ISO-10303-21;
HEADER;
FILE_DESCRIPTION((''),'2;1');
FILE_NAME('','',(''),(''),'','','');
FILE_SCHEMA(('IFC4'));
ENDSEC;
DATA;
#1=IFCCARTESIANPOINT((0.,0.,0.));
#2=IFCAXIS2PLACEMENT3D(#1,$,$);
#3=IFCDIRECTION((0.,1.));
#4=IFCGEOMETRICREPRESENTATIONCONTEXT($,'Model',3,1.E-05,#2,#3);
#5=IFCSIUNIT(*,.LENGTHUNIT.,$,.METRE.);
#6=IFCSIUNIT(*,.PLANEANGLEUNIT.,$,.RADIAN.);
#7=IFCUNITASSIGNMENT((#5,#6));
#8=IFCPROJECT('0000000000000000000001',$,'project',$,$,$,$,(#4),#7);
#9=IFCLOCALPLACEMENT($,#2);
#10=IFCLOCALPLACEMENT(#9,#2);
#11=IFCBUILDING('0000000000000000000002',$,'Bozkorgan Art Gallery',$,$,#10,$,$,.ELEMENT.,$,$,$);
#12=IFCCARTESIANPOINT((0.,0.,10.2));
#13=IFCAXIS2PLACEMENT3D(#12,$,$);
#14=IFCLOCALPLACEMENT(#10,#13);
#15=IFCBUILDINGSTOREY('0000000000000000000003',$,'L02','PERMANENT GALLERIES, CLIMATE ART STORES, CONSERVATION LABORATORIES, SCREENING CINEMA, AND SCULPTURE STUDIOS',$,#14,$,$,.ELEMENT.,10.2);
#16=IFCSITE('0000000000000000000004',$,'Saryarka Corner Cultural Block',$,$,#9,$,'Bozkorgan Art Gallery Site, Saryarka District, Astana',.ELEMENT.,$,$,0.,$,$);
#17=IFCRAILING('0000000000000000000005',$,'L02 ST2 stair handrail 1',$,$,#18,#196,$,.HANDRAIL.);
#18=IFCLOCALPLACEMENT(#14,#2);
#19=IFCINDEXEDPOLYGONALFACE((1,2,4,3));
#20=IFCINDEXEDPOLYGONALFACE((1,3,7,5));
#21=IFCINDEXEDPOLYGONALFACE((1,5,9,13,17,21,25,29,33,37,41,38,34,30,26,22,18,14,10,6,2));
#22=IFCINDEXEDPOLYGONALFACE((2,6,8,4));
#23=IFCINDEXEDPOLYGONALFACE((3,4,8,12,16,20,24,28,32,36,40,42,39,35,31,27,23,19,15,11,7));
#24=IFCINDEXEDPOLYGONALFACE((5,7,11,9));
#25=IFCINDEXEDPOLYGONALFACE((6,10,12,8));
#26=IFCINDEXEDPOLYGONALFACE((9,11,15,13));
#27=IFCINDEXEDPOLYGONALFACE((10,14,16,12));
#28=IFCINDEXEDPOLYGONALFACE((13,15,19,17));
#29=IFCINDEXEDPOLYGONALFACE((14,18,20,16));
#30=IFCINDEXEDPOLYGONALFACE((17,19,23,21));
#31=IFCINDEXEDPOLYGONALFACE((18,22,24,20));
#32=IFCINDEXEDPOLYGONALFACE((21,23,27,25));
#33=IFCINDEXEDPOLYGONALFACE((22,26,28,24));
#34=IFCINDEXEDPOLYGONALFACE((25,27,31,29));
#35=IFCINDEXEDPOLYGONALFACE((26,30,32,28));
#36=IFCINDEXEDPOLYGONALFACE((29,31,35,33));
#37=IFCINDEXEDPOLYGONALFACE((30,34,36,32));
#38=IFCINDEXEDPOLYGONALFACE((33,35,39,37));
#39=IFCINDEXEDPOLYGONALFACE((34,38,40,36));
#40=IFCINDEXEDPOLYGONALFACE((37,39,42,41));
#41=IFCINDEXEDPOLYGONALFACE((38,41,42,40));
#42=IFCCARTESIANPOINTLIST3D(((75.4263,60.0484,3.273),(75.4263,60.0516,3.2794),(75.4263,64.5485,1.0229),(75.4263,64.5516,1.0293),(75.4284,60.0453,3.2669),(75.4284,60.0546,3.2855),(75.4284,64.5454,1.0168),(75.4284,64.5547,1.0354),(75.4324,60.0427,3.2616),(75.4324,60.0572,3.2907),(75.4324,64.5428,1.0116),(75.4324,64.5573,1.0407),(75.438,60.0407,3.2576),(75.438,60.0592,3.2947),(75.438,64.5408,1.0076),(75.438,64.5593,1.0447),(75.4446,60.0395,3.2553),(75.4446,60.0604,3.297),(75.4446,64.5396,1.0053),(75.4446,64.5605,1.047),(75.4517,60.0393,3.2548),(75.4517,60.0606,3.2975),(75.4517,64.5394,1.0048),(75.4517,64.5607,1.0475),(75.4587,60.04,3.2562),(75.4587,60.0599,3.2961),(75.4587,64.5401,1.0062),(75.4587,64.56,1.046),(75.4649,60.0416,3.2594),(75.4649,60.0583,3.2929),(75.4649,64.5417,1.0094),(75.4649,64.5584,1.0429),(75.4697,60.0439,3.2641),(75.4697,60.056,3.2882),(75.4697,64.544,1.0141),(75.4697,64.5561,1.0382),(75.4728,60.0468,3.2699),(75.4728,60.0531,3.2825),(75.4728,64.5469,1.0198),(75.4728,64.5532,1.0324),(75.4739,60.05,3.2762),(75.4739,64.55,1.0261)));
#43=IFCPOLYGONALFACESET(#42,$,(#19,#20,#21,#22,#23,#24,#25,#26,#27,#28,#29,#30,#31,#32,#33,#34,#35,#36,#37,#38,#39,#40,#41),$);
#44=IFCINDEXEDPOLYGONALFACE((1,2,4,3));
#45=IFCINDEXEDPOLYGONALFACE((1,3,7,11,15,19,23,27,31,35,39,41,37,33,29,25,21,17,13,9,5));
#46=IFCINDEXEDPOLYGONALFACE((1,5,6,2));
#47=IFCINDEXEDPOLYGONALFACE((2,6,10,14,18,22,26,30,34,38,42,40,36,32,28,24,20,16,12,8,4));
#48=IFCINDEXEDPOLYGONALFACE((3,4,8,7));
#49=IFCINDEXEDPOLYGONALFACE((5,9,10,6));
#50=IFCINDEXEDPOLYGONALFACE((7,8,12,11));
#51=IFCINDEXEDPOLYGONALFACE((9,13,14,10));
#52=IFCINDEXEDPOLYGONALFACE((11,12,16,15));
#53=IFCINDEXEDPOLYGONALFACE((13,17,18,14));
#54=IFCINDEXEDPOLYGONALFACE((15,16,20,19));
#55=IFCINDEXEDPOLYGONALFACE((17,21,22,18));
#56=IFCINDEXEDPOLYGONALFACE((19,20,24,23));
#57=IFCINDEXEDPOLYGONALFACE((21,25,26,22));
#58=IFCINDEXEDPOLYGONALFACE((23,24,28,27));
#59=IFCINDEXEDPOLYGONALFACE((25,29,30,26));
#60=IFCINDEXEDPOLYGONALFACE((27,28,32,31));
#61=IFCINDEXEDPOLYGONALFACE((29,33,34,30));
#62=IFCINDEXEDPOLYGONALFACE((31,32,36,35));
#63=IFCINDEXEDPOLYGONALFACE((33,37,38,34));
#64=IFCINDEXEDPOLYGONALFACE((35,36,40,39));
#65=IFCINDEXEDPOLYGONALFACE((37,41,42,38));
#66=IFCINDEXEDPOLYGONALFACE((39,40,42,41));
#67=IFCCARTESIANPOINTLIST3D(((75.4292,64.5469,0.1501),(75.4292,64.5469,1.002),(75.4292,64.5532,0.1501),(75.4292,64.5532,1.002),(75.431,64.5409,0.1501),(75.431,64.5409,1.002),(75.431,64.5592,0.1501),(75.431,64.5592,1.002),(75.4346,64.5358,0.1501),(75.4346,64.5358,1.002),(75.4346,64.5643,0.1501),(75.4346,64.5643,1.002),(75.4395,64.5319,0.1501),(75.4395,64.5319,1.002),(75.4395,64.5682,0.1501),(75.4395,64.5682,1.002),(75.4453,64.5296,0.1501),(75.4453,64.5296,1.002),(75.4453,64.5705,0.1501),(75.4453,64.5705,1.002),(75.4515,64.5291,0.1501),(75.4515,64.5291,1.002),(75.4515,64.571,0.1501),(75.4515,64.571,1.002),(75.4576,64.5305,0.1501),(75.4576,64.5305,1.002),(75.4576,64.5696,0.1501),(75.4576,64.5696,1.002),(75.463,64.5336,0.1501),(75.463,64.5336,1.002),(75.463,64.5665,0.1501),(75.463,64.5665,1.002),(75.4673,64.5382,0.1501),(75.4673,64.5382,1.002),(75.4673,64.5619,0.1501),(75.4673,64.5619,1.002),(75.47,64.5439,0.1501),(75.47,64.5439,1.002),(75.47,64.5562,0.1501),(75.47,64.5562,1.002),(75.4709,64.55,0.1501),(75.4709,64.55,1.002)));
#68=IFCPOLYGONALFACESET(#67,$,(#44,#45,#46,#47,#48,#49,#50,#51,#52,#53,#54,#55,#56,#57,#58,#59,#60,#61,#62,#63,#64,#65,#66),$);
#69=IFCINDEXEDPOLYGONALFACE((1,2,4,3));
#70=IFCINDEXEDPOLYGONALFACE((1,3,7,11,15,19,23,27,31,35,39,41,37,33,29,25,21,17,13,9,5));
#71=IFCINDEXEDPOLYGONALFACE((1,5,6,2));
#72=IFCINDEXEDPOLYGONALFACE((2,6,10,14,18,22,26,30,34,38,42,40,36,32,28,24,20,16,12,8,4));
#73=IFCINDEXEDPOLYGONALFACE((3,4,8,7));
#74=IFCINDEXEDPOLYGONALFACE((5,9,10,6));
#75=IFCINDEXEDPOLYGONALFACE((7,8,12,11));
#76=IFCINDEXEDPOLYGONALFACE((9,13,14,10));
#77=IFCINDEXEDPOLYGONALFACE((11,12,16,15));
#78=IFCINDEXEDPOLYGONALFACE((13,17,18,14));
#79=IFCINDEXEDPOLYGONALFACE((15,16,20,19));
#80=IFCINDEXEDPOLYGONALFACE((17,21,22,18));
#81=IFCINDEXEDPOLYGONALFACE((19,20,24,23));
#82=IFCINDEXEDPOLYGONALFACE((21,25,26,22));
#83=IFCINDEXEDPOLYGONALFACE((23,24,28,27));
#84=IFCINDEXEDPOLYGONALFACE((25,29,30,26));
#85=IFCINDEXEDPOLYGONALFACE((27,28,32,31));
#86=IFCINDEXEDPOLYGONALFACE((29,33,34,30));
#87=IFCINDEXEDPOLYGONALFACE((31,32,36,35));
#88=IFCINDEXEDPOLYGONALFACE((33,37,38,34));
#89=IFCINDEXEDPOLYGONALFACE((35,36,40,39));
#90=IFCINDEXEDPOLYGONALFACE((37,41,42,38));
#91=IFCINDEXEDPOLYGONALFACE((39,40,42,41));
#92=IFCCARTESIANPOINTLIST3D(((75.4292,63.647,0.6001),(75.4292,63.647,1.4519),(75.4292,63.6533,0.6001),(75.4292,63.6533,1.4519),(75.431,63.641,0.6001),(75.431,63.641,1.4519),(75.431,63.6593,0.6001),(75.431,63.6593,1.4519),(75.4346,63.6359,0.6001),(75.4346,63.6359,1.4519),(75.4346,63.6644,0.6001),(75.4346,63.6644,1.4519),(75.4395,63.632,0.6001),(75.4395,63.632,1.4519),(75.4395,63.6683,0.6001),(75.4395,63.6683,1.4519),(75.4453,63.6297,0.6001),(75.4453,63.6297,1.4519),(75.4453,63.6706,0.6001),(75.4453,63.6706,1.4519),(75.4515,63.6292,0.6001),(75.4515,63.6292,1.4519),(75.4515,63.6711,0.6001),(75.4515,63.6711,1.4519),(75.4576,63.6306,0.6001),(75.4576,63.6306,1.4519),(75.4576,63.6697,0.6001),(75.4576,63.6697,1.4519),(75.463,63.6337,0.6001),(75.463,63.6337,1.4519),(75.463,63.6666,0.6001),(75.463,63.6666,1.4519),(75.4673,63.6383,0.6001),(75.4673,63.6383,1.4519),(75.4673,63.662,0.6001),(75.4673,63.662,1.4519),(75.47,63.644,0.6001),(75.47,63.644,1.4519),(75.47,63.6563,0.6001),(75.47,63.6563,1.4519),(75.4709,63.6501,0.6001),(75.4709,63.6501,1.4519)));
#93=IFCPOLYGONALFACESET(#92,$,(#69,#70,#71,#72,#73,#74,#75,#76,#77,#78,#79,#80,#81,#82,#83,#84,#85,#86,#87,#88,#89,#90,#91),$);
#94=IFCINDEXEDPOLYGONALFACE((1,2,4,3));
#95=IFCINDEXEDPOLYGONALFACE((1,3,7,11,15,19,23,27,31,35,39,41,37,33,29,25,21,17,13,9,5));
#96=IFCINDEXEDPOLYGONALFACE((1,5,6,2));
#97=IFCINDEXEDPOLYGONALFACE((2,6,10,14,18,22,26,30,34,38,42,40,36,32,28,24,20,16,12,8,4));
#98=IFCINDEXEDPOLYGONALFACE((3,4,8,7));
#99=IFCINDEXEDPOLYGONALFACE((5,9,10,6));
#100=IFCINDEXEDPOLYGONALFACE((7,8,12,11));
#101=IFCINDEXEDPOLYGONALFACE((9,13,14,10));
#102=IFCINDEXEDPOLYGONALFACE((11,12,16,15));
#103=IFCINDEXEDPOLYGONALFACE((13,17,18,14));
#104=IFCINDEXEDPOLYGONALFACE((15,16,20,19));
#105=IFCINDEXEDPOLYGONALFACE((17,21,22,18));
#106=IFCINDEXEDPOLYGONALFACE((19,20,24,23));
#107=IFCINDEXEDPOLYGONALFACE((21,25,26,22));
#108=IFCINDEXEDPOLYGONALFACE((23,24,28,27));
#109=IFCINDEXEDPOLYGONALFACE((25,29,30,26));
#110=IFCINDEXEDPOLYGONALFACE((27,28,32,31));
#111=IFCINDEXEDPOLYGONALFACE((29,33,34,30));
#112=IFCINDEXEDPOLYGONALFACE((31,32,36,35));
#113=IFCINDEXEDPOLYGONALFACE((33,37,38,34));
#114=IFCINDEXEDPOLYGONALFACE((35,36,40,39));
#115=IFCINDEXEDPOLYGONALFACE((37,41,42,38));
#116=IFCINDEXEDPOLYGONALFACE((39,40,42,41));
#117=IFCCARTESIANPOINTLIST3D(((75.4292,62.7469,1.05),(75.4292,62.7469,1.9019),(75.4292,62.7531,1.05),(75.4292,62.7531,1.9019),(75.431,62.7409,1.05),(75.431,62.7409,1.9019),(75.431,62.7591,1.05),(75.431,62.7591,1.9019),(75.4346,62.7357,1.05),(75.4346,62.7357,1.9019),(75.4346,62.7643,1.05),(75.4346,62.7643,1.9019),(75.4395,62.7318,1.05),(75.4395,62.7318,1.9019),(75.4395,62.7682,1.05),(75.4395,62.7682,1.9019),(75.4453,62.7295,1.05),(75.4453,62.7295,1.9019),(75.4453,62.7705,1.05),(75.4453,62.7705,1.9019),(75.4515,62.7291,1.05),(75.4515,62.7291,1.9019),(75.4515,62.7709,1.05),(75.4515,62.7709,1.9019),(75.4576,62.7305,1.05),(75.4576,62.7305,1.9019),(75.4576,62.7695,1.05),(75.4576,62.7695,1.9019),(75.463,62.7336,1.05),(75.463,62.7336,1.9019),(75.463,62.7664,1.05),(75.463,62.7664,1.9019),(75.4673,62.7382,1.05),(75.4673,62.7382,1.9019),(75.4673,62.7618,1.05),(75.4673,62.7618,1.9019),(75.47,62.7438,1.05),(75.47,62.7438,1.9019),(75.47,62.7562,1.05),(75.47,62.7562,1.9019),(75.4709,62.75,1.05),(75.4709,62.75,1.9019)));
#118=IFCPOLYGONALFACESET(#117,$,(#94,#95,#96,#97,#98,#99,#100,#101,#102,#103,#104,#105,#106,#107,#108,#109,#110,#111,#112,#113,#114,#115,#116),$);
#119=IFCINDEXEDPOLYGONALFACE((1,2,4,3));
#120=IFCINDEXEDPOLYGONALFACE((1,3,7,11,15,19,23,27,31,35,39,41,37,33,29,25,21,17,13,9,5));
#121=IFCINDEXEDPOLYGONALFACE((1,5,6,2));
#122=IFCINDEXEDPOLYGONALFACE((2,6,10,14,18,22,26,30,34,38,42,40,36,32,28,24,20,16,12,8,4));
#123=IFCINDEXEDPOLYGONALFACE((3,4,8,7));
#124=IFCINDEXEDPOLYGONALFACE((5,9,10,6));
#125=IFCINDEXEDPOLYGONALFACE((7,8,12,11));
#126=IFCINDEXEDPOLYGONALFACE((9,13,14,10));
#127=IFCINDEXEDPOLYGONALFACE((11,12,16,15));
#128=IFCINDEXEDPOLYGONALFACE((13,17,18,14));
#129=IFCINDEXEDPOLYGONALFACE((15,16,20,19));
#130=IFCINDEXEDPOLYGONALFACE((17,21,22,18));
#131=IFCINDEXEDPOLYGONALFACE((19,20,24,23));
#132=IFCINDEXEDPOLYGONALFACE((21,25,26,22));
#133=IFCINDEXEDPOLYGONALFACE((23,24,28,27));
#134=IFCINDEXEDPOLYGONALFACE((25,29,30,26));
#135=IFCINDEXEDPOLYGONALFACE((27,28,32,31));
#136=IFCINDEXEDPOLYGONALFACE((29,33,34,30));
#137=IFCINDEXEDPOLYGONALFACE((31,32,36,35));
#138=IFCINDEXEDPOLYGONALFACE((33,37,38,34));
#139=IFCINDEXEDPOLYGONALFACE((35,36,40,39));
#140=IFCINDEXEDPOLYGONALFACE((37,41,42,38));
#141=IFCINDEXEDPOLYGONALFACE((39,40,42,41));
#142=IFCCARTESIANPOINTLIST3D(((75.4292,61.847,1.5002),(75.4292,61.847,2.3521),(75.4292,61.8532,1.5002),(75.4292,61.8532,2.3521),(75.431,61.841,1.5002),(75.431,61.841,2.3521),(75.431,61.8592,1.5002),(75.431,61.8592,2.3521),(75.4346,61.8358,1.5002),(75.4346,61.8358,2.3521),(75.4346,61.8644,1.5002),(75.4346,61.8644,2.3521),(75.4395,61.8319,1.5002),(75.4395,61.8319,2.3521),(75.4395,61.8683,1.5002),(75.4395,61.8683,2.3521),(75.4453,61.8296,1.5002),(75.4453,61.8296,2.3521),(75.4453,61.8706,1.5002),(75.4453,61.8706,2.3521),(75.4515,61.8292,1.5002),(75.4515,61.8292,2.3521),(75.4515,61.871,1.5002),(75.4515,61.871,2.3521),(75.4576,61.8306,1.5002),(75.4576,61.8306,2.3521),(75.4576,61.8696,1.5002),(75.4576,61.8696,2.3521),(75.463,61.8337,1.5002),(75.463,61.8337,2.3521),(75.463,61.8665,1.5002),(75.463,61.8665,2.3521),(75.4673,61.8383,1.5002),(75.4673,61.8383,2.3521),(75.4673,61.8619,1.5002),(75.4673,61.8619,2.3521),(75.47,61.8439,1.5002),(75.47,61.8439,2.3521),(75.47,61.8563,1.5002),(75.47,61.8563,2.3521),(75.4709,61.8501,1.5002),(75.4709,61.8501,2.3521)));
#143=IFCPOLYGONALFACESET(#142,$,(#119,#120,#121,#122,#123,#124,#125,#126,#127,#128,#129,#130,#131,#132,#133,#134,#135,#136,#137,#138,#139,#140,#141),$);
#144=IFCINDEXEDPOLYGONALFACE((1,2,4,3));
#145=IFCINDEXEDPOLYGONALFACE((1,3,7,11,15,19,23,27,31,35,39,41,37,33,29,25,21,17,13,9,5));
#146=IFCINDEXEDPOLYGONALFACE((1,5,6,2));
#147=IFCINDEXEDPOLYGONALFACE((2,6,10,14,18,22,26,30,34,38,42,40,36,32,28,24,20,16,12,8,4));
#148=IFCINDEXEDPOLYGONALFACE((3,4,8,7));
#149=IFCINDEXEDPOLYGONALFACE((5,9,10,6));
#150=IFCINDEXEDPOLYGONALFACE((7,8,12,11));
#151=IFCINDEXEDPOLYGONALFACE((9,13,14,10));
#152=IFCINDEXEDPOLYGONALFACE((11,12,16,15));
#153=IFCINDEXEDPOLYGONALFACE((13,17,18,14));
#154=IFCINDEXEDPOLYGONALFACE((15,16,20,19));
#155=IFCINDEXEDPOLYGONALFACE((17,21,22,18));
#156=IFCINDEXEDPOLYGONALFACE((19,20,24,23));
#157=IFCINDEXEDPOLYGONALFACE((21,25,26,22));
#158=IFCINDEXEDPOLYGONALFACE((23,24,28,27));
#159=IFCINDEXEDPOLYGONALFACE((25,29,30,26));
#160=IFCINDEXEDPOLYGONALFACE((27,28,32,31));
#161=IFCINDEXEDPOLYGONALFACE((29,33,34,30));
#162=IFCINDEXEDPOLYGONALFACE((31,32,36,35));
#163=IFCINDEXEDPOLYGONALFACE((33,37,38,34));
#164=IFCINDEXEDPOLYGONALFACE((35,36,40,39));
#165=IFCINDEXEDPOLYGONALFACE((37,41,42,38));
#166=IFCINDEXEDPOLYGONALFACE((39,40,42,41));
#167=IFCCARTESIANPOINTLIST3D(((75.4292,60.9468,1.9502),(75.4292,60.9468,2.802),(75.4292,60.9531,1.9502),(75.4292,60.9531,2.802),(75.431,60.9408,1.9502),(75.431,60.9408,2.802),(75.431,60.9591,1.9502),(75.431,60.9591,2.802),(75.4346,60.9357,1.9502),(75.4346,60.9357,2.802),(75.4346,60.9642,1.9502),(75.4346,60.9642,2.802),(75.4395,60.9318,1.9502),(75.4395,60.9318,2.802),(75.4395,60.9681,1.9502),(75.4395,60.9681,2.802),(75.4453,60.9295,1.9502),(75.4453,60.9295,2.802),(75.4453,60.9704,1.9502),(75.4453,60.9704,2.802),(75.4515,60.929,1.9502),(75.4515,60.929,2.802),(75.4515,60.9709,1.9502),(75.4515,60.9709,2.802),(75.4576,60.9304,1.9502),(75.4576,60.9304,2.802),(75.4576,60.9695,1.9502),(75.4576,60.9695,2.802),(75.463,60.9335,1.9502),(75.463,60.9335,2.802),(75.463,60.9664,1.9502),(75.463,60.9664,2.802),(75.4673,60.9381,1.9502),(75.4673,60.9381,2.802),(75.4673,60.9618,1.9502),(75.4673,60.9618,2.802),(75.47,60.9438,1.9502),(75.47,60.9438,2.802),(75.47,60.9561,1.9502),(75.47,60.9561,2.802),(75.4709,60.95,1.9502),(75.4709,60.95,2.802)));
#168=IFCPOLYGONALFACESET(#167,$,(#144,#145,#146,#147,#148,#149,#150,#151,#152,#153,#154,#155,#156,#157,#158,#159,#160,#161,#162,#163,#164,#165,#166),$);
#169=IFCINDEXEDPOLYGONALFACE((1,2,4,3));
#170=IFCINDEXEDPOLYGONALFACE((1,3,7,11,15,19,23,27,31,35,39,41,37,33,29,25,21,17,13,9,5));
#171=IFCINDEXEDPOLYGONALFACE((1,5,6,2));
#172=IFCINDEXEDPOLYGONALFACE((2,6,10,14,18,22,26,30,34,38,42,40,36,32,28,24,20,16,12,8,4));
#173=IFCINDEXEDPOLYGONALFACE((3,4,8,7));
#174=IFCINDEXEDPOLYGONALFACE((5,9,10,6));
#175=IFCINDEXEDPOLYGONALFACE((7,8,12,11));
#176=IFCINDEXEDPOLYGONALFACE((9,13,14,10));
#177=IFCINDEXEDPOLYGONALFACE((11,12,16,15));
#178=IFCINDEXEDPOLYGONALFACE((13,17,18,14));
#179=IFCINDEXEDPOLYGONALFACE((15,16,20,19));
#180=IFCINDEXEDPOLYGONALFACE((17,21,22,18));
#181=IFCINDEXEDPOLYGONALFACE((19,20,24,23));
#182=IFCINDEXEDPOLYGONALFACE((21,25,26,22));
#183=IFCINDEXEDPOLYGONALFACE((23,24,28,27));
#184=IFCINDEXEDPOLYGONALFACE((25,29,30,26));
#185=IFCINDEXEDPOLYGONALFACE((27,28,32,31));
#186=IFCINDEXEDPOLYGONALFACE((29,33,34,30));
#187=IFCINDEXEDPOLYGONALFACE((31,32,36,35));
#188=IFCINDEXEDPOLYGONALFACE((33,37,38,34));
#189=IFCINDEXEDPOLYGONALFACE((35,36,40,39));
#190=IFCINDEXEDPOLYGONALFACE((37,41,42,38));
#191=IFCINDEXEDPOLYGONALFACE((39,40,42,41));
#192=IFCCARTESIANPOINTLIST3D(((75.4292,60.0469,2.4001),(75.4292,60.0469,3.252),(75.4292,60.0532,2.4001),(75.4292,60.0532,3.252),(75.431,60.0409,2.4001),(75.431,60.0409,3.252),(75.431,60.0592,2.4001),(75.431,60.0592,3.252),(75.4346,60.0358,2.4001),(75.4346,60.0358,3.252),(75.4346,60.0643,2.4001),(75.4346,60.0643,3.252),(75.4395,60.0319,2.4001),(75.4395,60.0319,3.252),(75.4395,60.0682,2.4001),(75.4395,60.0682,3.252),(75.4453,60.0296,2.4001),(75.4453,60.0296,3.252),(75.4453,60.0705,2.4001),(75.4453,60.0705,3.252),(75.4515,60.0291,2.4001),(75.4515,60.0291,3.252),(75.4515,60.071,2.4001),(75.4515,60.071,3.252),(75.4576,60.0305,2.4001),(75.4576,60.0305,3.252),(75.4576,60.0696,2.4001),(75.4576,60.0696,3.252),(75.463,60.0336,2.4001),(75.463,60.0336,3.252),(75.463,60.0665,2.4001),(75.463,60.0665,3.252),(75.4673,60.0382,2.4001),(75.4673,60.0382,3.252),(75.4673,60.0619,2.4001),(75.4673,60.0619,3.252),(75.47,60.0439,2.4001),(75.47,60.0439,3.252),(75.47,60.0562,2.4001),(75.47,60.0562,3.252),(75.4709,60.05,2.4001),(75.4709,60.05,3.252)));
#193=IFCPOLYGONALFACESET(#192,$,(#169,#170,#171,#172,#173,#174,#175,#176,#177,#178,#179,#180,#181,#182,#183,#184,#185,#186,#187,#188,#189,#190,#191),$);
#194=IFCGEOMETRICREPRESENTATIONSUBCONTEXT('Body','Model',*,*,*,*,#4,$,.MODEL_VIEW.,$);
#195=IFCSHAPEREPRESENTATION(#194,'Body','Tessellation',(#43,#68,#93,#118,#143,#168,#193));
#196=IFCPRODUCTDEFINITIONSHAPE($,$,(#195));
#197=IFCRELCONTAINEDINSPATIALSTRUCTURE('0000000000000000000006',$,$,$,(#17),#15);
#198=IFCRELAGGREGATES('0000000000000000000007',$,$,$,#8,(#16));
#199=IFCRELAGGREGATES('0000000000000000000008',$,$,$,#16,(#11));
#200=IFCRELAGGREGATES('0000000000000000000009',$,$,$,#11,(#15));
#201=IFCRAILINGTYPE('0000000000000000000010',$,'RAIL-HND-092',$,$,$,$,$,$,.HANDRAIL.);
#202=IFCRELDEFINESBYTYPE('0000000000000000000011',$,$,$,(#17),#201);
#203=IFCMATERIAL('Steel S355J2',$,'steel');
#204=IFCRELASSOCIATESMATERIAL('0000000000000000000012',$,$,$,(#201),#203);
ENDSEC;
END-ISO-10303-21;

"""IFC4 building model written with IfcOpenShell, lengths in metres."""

from ifc_helpers import new_model, si_unit, direction, frame, origin, origin_2d, place, context, subcontext, project, spatial, circle, extrude, material, type_object, element, save


model = new_model("IFC4")

# Units and contexts
model_context = context("Model", 3, precision=1e-05, world=origin(), true_north=direction((0.0, 1.0)))
body_context = subcontext(model_context, "Body", "Model", "MODEL_VIEW")
ifc_project = project(units=[si_unit("LENGTHUNIT", "METRE"), si_unit("PLANEANGLEUNIT", "RADIAN")], contexts=[model_context])

# Site, building, storey
site_placement = place(None, origin())
site = spatial("IfcSite", under=ifc_project, at=site_placement, Name="Saryarka Corner Cultural Block", LongName="Bozkorgan Art Gallery Site, Saryarka District, Astana", CompositionType="ELEMENT", RefElevation=0.0)
building_placement = place(site_placement, origin())
building = spatial("IfcBuilding", under=site, at=building_placement, Name="Bozkorgan Art Gallery", CompositionType="ELEMENT")
storey_placement = place(building_placement, frame((0.0, 0.0, 10.2)))
storey = spatial("IfcBuildingStorey", under=building, at=storey_placement, Name="L02", Description="PERMANENT GALLERIES, CLIMATE ART STORES, CONSERVATION LABORATORIES, SCREENING CINEMA, AND SCULPTURE STUDIOS", CompositionType="ELEMENT", Elevation=10.2)

# Shared definitions
ifc_material_1 = material(Name="Steel S355J2", Category="steel")

# Railing
railing_type_1 = type_object("IfcRailingType", Name="RAIL-HND-092", PredefinedType="HANDRAIL", material=ifc_material_1)
railing_1_placement = place(storey_placement, frame((75.45, 64.55, 0.1501)))
element("IfcRailing", 1, at=railing_1_placement, inside=storey, type_object=railing_type_1, Name="L02 ST2 stair handrail 1", PredefinedType="HANDRAIL", context=body_context, shape_type="SweptSolid", body=[
    extrude(circle(Radius=0.0239, at=origin_2d()), frame((0.0, 0.0, 0.876), z_axis=(0.0, -0.894427, 0.447214), x_axis=(1.0, 0.0, 0.0)), (0.0, 0.0, 1.0), 5.0312),
    extrude(circle(Radius=0.021, at=origin_2d()), origin(), (0.0, 0.0, 1.0), 0.8518),
    extrude(circle(Radius=0.021, at=origin_2d()), frame((0.0, -0.8999, 0.45)), (0.0, 0.0, 1.0), 0.8518),
    extrude(circle(Radius=0.021, at=origin_2d()), frame((0.0, -1.8, 0.8999)), (0.0, 0.0, 1.0), 0.8518),
    extrude(circle(Radius=0.021, at=origin_2d()), frame((0.0, -2.7, 1.3501)), (0.0, 0.0, 1.0), 0.8518),
    extrude(circle(Radius=0.021, at=origin_2d()), frame((0.0, -3.6001, 1.8)), (0.0, 0.0, 1.0), 0.8518),
    extrude(circle(Radius=0.021, at=origin_2d()), frame((0.0, -4.5, 2.25)), (0.0, 0.0, 1.0), 0.8518),
])

save(model, "model.ifc")
